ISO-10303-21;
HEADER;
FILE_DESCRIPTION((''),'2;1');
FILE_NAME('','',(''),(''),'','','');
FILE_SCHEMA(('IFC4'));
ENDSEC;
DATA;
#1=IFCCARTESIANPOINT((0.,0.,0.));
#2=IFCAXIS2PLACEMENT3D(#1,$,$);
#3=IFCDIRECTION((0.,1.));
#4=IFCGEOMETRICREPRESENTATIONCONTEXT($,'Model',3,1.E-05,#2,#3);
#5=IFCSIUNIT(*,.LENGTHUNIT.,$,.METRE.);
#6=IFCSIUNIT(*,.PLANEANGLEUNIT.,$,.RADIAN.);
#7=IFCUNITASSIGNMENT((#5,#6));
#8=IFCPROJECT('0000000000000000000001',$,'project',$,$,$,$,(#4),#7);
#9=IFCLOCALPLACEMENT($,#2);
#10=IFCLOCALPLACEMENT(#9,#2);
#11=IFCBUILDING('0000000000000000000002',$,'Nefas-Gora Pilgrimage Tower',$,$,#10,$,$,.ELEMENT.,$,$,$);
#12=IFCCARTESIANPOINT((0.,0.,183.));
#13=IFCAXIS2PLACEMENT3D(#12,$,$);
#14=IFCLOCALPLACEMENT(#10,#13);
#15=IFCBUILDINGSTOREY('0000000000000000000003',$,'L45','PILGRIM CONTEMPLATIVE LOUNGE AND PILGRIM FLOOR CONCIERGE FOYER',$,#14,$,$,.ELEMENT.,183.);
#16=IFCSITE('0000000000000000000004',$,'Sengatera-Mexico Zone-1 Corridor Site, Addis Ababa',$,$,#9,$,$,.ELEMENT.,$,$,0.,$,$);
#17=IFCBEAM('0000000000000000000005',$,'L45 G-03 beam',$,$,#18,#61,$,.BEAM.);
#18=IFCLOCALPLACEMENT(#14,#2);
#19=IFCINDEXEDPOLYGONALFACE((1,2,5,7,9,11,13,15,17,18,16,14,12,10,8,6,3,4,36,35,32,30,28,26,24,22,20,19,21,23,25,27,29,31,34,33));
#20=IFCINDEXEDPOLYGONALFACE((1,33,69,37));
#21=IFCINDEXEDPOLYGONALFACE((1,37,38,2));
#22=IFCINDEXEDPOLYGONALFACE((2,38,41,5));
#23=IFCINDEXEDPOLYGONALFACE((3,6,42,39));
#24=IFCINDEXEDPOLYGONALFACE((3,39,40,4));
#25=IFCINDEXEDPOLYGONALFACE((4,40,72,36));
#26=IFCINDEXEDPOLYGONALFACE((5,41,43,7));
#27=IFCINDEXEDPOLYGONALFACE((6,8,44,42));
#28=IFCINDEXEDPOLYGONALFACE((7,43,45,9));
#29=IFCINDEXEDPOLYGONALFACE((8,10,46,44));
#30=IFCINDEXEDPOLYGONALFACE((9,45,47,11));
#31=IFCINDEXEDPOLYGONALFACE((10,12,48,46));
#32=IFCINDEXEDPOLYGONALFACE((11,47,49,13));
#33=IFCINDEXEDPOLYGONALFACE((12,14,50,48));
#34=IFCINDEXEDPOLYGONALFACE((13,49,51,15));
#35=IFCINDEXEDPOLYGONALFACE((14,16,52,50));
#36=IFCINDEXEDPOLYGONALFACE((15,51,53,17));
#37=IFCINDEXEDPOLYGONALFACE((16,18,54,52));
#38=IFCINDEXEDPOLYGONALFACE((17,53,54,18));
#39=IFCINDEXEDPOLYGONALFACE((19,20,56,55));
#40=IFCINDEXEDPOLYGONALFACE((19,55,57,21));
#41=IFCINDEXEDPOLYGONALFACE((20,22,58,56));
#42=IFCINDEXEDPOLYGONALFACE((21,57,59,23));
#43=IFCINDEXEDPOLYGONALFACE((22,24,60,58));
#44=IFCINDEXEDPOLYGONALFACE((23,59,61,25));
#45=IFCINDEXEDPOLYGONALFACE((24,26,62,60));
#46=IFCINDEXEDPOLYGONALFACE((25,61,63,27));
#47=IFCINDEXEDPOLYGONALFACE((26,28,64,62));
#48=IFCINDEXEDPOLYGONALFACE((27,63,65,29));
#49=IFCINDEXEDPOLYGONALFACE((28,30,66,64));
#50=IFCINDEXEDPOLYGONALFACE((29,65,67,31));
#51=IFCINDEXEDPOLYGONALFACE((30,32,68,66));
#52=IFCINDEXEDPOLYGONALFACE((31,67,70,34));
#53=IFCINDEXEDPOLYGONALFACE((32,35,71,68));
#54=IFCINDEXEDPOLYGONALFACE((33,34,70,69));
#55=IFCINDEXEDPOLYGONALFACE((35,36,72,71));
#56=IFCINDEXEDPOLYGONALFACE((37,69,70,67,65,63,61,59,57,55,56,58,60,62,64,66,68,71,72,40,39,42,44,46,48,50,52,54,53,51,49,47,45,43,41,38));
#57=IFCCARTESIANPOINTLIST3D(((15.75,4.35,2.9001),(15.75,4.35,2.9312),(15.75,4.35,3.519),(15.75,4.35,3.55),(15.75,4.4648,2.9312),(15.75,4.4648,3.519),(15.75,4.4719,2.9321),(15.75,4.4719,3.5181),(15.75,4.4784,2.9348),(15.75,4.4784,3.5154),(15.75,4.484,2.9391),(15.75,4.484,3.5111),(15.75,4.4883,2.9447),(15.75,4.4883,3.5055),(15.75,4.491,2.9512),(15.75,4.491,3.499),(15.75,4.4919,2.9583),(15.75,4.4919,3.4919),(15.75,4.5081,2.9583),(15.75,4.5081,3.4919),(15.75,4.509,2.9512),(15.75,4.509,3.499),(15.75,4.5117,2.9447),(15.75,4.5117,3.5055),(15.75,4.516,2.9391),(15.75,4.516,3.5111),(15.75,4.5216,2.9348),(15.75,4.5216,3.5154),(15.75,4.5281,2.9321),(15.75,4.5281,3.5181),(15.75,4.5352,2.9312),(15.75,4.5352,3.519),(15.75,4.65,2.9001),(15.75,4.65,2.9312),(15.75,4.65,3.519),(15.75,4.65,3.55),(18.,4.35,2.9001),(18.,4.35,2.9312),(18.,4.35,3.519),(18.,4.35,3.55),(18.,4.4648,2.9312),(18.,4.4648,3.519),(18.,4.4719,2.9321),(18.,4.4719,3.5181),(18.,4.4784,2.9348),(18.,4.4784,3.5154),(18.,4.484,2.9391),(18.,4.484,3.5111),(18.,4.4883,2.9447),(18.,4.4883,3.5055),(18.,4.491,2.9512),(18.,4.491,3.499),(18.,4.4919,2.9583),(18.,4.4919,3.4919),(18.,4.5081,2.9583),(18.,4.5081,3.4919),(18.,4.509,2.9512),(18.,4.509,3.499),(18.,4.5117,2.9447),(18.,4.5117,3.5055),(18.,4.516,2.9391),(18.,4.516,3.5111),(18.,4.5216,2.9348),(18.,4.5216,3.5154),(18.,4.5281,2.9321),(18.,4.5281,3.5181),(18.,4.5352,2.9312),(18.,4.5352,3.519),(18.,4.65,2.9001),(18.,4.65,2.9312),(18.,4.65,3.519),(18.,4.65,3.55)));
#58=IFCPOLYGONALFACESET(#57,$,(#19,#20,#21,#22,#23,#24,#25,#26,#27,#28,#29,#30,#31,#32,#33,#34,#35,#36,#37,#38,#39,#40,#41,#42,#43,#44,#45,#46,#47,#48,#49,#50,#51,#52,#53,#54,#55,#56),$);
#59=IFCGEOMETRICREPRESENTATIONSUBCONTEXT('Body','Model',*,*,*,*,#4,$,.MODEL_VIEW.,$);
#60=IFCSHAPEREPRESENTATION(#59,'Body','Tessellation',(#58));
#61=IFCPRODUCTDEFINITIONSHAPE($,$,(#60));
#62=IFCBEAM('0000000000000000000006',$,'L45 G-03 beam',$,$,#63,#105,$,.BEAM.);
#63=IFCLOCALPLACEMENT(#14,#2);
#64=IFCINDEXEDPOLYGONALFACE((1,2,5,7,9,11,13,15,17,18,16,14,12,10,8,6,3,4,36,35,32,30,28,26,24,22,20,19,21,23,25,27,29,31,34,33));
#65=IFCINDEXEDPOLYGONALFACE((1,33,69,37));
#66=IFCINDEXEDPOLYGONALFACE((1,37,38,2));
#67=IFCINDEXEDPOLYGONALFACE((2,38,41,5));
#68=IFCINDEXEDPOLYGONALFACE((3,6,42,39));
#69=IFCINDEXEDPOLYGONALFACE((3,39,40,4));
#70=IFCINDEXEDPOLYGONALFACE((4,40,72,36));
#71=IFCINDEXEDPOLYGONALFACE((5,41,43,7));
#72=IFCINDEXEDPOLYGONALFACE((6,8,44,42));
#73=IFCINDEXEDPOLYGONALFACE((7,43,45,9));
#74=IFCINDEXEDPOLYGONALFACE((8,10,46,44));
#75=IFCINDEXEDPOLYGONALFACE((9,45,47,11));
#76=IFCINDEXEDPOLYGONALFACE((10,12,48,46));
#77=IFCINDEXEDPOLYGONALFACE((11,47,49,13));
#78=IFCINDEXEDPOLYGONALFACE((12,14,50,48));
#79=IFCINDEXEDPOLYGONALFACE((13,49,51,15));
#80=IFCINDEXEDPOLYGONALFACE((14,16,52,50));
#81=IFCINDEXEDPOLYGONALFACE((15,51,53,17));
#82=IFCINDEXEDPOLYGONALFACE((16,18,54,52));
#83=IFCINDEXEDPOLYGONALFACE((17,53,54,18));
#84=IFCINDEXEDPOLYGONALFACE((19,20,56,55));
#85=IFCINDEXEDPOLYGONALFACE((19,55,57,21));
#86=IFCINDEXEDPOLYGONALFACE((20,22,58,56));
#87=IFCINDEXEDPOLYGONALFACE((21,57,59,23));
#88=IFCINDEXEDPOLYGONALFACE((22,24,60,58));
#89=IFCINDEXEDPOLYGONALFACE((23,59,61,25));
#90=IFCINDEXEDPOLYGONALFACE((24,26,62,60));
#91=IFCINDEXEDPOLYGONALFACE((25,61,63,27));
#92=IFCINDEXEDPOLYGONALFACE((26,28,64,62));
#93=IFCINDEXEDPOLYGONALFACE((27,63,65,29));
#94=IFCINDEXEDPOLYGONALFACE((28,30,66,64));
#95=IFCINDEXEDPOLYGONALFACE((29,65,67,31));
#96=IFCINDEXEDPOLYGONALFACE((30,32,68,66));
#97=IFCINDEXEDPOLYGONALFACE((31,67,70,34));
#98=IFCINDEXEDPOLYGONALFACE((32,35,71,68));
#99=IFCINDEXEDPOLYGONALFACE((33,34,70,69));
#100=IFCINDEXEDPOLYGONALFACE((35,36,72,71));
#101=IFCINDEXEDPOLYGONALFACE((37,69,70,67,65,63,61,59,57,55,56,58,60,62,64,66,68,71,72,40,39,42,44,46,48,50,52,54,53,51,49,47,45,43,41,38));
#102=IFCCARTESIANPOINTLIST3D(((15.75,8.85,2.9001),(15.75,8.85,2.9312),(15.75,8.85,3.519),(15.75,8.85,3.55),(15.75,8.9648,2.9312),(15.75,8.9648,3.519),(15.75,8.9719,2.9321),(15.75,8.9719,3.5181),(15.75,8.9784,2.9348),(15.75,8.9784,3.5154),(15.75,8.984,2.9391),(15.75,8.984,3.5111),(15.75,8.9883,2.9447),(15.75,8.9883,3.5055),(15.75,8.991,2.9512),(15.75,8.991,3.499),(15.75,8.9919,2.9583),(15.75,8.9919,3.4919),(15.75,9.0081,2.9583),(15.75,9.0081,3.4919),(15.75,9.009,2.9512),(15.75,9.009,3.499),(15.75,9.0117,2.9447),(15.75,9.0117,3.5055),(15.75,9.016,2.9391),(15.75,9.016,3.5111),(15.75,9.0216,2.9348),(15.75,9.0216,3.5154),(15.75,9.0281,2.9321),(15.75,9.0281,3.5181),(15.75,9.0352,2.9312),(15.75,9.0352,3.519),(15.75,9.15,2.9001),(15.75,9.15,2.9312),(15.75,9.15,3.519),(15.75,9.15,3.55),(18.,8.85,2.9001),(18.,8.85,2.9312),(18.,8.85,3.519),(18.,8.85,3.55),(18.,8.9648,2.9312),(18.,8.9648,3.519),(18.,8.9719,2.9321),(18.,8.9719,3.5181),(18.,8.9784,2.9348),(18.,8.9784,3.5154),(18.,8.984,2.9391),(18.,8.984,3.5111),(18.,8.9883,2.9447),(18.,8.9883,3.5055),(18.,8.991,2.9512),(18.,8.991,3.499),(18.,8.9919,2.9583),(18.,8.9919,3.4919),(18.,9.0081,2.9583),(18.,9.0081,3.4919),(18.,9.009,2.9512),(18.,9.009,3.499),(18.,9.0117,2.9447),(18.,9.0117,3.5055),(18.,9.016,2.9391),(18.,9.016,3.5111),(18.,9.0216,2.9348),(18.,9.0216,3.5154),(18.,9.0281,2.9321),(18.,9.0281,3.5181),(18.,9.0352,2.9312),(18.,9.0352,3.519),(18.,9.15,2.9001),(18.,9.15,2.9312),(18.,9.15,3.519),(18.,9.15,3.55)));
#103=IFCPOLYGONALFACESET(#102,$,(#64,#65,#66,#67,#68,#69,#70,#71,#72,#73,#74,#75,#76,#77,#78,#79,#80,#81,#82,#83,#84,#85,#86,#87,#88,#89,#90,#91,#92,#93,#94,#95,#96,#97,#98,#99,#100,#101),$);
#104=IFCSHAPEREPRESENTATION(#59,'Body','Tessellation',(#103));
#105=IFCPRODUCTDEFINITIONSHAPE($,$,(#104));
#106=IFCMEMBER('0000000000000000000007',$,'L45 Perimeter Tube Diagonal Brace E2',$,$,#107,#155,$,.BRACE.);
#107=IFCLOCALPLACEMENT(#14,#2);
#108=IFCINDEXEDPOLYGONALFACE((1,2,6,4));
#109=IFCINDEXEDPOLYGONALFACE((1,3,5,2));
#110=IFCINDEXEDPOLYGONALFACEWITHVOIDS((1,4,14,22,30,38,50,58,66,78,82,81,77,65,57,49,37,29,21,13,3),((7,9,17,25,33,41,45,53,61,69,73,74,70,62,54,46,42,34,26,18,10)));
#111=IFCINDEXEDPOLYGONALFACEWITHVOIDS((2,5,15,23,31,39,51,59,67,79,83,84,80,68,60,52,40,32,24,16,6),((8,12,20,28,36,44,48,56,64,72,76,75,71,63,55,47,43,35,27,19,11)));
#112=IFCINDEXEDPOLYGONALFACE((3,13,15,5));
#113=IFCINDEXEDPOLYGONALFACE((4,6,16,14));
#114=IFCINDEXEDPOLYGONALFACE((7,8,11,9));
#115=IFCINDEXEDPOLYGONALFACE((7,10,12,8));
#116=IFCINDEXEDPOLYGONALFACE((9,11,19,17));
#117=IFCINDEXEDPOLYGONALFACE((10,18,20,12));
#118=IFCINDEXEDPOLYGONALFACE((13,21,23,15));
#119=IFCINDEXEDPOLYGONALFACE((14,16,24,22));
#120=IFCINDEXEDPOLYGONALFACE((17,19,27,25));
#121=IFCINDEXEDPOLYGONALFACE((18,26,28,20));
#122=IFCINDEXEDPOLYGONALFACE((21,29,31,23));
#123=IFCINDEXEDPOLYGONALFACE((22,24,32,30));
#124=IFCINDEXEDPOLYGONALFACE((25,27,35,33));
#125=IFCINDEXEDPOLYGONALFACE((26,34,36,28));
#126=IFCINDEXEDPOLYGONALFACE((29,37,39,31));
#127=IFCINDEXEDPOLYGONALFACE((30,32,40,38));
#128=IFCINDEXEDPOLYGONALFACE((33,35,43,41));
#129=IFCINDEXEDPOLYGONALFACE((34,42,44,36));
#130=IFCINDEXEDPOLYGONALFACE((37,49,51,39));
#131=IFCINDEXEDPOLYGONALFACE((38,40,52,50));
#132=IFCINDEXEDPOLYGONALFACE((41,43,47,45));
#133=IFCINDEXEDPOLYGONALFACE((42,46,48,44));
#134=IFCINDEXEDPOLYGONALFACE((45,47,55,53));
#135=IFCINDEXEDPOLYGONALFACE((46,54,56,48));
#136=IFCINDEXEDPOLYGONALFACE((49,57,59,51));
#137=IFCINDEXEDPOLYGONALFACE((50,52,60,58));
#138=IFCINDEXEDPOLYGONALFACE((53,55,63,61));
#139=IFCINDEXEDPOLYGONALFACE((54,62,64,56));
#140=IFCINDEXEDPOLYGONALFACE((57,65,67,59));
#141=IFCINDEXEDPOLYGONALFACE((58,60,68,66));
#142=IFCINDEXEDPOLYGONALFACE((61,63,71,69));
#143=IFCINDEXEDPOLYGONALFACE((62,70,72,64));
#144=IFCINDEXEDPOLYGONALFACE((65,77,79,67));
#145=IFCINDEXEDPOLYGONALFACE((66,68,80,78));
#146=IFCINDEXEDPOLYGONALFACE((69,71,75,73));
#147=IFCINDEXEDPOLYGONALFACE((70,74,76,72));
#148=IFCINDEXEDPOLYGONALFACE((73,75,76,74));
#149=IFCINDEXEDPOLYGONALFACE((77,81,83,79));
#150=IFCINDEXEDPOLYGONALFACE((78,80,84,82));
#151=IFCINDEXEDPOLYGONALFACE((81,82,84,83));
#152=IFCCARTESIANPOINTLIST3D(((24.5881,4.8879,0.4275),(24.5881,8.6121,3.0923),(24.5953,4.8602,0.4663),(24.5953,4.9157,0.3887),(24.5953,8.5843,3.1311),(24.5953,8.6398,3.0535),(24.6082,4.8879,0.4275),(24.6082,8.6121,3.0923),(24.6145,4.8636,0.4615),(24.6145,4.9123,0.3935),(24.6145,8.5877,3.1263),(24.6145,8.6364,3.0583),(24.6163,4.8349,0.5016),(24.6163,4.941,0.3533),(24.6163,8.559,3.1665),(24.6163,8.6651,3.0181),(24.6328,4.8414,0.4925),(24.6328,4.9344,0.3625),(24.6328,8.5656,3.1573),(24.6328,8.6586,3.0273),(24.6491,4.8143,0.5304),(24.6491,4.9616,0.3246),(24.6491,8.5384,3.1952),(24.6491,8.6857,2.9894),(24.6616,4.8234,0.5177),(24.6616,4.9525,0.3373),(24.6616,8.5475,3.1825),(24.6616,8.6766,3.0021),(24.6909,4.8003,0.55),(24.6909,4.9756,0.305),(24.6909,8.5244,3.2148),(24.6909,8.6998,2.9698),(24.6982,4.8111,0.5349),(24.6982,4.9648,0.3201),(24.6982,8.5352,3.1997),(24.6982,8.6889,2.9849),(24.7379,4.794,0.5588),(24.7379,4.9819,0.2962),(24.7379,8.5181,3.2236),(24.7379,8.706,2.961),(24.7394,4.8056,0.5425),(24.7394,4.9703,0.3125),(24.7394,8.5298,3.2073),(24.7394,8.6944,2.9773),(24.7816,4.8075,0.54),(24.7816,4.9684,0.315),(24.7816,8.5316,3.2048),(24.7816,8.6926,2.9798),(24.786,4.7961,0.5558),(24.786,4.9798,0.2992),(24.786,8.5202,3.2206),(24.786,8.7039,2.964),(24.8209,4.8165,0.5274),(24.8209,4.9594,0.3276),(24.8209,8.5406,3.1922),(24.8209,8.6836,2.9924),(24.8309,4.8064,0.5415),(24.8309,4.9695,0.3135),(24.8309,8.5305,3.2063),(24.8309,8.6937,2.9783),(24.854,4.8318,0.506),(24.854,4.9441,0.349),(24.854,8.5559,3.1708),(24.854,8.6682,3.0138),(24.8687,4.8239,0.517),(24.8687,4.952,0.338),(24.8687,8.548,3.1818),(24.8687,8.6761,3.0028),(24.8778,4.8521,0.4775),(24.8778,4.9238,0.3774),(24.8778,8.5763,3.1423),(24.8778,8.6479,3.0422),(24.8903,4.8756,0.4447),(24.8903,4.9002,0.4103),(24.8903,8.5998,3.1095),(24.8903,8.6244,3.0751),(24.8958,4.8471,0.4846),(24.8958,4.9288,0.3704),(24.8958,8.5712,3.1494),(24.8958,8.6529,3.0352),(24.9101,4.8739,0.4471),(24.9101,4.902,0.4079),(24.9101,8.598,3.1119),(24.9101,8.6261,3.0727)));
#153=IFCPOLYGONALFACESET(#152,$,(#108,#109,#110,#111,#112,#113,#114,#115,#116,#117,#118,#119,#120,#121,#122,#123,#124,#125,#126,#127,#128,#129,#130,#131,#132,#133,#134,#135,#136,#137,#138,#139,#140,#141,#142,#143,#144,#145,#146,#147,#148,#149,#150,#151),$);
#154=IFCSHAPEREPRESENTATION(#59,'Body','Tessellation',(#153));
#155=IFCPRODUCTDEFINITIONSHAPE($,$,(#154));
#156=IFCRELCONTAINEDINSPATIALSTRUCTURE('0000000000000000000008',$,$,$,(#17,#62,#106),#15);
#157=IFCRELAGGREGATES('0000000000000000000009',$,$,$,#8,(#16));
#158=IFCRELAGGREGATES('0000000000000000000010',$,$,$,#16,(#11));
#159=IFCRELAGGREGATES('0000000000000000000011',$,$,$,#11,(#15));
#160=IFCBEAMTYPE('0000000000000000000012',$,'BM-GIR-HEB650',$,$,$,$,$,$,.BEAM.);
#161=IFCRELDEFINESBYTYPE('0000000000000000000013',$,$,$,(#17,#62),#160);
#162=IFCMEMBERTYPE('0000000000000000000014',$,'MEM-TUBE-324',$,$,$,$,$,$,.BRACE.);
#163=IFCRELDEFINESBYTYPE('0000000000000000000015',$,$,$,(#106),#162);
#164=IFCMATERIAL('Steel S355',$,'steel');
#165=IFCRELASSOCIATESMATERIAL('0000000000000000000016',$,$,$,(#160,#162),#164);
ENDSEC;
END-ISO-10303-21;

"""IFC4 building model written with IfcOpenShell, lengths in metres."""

from ifc_helpers import new_model, si_unit, direction, frame, origin, origin_2d, place, context, subcontext, project, spatial, hollow_circle, i_section, extrude, source, transform, mapped, material, material_profile, profile_set, type_object, element, save


model = new_model("IFC4")

# Units and contexts
model_context = context("Model", 3, precision=1e-05, world=origin(), true_north=direction((0.0, 1.0)))
body_context = subcontext(model_context, "Body", "Model", "MODEL_VIEW")
ifc_project = project(units=[si_unit("LENGTHUNIT", "METRE"), si_unit("PLANEANGLEUNIT", "RADIAN")], contexts=[model_context])

# Site, building, storey
site_placement = place(None, origin())
site = spatial("IfcSite", under=ifc_project, at=site_placement, Name="Sengatera-Mexico Zone-1 Corridor Site, Addis Ababa", CompositionType="ELEMENT", RefElevation=0.0)
building_placement = place(site_placement, origin())
building = spatial("IfcBuilding", under=site, at=building_placement, Name="Nefas-Gora Pilgrimage Tower", CompositionType="ELEMENT")
storey_placement = place(building_placement, frame((0.0, 0.0, 183.0)))
storey = spatial("IfcBuildingStorey", under=building, at=storey_placement, Name="L45", Description="PILGRIM CONTEMPLATIVE LOUNGE AND PILGRIM FLOOR CONCIERGE FOYER", CompositionType="ELEMENT", Elevation=183.0)

# Beams
ifc_material_1 = material(Name="Steel S355", Category="steel")
ifc_material_profile_1 = material_profile(ifc_material_1, i_section(OverallWidth=0.3, OverallDepth=0.6499, WebThickness=0.0161, FlangeThickness=0.031, FilletRadius=0.0271, at=origin_2d()), Name="HEB 650")
ifc_profile_set_1 = profile_set([ifc_material_profile_1], Name="Steel S355")
beam_type_1 = type_object("IfcBeamType", Name="BM-GIR-HEB650", PredefinedType="BEAM", material=ifc_profile_set_1)
shared_shape_1 = source(origin(), body_context, "Body", "SweptSolid", [
    extrude(i_section(OverallWidth=0.3, OverallDepth=0.6499, WebThickness=0.0161, FlangeThickness=0.031, FilletRadius=0.0271, at=origin_2d()), origin(), (0.0, 0.0, 1.0), 2.25),
])
for number, where, z_axis, x_axis, name in (
    (1, (15.75, 4.5, 3.2251), (1.0, 0.0, 0.0), (0.0, 1.0, 0.0), "L45 G-03 beam"),
    (2, (15.75, 9.0, 3.2251), (1.0, 0.0, 0.0), (0.0, 1.0, 0.0), "L45 G-03 beam"),
):
    element("IfcBeam", number, at=place(storey_placement, frame(where, z_axis=z_axis, x_axis=x_axis)), inside=storey, type_object=beam_type_1, Name=name, PredefinedType="BEAM", context=body_context, shape_type="MappedRepresentation", body=[
        mapped(shared_shape_1, transform((0.0, 0.0, 0.0), x_axis=(1.0, 0.0, 0.0), y_axis=(0.0, 1.0, 0.0), z_axis=(0.0, 0.0, 1.0), scale=1.0)),
    ])

# Member
ifc_material_profile_2 = material_profile(ifc_material_1, hollow_circle(Radius=0.1619, WallThickness=0.02, at=origin_2d()), Name="CHS 323.9x20")
ifc_profile_set_2 = profile_set([ifc_material_profile_2], Name="Steel S355")
member_type_1 = type_object("IfcMemberType", Name="MEM-TUBE-324", PredefinedType="BRACE", material=ifc_profile_set_2)
shared_shape_2 = source(origin(), body_context, "Body", "SweptSolid", [
    extrude(hollow_circle(Radius=0.1619, WallThickness=0.02, at=origin_2d()), origin(), (0.0, 0.0, 1.0), 4.5793),
])
member_1_placement = place(storey_placement, frame((24.75, 4.8879, 0.4275), z_axis=(0.0, 0.813247, 0.581919), x_axis=(-1.0, 0.0, 0.0)))
element("IfcMember", 3, at=member_1_placement, inside=storey, type_object=member_type_1, Name="L45 Perimeter Tube Diagonal Brace E2", PredefinedType="BRACE", context=body_context, shape_type="MappedRepresentation", body=[
    mapped(shared_shape_2, transform((0.0, 0.0, 0.0), x_axis=(1.0, 0.0, 0.0), y_axis=(0.0, 1.0, 0.0), z_axis=(0.0, 0.0, 1.0), scale=1.0)),
])

save(model, "model.ifc")
